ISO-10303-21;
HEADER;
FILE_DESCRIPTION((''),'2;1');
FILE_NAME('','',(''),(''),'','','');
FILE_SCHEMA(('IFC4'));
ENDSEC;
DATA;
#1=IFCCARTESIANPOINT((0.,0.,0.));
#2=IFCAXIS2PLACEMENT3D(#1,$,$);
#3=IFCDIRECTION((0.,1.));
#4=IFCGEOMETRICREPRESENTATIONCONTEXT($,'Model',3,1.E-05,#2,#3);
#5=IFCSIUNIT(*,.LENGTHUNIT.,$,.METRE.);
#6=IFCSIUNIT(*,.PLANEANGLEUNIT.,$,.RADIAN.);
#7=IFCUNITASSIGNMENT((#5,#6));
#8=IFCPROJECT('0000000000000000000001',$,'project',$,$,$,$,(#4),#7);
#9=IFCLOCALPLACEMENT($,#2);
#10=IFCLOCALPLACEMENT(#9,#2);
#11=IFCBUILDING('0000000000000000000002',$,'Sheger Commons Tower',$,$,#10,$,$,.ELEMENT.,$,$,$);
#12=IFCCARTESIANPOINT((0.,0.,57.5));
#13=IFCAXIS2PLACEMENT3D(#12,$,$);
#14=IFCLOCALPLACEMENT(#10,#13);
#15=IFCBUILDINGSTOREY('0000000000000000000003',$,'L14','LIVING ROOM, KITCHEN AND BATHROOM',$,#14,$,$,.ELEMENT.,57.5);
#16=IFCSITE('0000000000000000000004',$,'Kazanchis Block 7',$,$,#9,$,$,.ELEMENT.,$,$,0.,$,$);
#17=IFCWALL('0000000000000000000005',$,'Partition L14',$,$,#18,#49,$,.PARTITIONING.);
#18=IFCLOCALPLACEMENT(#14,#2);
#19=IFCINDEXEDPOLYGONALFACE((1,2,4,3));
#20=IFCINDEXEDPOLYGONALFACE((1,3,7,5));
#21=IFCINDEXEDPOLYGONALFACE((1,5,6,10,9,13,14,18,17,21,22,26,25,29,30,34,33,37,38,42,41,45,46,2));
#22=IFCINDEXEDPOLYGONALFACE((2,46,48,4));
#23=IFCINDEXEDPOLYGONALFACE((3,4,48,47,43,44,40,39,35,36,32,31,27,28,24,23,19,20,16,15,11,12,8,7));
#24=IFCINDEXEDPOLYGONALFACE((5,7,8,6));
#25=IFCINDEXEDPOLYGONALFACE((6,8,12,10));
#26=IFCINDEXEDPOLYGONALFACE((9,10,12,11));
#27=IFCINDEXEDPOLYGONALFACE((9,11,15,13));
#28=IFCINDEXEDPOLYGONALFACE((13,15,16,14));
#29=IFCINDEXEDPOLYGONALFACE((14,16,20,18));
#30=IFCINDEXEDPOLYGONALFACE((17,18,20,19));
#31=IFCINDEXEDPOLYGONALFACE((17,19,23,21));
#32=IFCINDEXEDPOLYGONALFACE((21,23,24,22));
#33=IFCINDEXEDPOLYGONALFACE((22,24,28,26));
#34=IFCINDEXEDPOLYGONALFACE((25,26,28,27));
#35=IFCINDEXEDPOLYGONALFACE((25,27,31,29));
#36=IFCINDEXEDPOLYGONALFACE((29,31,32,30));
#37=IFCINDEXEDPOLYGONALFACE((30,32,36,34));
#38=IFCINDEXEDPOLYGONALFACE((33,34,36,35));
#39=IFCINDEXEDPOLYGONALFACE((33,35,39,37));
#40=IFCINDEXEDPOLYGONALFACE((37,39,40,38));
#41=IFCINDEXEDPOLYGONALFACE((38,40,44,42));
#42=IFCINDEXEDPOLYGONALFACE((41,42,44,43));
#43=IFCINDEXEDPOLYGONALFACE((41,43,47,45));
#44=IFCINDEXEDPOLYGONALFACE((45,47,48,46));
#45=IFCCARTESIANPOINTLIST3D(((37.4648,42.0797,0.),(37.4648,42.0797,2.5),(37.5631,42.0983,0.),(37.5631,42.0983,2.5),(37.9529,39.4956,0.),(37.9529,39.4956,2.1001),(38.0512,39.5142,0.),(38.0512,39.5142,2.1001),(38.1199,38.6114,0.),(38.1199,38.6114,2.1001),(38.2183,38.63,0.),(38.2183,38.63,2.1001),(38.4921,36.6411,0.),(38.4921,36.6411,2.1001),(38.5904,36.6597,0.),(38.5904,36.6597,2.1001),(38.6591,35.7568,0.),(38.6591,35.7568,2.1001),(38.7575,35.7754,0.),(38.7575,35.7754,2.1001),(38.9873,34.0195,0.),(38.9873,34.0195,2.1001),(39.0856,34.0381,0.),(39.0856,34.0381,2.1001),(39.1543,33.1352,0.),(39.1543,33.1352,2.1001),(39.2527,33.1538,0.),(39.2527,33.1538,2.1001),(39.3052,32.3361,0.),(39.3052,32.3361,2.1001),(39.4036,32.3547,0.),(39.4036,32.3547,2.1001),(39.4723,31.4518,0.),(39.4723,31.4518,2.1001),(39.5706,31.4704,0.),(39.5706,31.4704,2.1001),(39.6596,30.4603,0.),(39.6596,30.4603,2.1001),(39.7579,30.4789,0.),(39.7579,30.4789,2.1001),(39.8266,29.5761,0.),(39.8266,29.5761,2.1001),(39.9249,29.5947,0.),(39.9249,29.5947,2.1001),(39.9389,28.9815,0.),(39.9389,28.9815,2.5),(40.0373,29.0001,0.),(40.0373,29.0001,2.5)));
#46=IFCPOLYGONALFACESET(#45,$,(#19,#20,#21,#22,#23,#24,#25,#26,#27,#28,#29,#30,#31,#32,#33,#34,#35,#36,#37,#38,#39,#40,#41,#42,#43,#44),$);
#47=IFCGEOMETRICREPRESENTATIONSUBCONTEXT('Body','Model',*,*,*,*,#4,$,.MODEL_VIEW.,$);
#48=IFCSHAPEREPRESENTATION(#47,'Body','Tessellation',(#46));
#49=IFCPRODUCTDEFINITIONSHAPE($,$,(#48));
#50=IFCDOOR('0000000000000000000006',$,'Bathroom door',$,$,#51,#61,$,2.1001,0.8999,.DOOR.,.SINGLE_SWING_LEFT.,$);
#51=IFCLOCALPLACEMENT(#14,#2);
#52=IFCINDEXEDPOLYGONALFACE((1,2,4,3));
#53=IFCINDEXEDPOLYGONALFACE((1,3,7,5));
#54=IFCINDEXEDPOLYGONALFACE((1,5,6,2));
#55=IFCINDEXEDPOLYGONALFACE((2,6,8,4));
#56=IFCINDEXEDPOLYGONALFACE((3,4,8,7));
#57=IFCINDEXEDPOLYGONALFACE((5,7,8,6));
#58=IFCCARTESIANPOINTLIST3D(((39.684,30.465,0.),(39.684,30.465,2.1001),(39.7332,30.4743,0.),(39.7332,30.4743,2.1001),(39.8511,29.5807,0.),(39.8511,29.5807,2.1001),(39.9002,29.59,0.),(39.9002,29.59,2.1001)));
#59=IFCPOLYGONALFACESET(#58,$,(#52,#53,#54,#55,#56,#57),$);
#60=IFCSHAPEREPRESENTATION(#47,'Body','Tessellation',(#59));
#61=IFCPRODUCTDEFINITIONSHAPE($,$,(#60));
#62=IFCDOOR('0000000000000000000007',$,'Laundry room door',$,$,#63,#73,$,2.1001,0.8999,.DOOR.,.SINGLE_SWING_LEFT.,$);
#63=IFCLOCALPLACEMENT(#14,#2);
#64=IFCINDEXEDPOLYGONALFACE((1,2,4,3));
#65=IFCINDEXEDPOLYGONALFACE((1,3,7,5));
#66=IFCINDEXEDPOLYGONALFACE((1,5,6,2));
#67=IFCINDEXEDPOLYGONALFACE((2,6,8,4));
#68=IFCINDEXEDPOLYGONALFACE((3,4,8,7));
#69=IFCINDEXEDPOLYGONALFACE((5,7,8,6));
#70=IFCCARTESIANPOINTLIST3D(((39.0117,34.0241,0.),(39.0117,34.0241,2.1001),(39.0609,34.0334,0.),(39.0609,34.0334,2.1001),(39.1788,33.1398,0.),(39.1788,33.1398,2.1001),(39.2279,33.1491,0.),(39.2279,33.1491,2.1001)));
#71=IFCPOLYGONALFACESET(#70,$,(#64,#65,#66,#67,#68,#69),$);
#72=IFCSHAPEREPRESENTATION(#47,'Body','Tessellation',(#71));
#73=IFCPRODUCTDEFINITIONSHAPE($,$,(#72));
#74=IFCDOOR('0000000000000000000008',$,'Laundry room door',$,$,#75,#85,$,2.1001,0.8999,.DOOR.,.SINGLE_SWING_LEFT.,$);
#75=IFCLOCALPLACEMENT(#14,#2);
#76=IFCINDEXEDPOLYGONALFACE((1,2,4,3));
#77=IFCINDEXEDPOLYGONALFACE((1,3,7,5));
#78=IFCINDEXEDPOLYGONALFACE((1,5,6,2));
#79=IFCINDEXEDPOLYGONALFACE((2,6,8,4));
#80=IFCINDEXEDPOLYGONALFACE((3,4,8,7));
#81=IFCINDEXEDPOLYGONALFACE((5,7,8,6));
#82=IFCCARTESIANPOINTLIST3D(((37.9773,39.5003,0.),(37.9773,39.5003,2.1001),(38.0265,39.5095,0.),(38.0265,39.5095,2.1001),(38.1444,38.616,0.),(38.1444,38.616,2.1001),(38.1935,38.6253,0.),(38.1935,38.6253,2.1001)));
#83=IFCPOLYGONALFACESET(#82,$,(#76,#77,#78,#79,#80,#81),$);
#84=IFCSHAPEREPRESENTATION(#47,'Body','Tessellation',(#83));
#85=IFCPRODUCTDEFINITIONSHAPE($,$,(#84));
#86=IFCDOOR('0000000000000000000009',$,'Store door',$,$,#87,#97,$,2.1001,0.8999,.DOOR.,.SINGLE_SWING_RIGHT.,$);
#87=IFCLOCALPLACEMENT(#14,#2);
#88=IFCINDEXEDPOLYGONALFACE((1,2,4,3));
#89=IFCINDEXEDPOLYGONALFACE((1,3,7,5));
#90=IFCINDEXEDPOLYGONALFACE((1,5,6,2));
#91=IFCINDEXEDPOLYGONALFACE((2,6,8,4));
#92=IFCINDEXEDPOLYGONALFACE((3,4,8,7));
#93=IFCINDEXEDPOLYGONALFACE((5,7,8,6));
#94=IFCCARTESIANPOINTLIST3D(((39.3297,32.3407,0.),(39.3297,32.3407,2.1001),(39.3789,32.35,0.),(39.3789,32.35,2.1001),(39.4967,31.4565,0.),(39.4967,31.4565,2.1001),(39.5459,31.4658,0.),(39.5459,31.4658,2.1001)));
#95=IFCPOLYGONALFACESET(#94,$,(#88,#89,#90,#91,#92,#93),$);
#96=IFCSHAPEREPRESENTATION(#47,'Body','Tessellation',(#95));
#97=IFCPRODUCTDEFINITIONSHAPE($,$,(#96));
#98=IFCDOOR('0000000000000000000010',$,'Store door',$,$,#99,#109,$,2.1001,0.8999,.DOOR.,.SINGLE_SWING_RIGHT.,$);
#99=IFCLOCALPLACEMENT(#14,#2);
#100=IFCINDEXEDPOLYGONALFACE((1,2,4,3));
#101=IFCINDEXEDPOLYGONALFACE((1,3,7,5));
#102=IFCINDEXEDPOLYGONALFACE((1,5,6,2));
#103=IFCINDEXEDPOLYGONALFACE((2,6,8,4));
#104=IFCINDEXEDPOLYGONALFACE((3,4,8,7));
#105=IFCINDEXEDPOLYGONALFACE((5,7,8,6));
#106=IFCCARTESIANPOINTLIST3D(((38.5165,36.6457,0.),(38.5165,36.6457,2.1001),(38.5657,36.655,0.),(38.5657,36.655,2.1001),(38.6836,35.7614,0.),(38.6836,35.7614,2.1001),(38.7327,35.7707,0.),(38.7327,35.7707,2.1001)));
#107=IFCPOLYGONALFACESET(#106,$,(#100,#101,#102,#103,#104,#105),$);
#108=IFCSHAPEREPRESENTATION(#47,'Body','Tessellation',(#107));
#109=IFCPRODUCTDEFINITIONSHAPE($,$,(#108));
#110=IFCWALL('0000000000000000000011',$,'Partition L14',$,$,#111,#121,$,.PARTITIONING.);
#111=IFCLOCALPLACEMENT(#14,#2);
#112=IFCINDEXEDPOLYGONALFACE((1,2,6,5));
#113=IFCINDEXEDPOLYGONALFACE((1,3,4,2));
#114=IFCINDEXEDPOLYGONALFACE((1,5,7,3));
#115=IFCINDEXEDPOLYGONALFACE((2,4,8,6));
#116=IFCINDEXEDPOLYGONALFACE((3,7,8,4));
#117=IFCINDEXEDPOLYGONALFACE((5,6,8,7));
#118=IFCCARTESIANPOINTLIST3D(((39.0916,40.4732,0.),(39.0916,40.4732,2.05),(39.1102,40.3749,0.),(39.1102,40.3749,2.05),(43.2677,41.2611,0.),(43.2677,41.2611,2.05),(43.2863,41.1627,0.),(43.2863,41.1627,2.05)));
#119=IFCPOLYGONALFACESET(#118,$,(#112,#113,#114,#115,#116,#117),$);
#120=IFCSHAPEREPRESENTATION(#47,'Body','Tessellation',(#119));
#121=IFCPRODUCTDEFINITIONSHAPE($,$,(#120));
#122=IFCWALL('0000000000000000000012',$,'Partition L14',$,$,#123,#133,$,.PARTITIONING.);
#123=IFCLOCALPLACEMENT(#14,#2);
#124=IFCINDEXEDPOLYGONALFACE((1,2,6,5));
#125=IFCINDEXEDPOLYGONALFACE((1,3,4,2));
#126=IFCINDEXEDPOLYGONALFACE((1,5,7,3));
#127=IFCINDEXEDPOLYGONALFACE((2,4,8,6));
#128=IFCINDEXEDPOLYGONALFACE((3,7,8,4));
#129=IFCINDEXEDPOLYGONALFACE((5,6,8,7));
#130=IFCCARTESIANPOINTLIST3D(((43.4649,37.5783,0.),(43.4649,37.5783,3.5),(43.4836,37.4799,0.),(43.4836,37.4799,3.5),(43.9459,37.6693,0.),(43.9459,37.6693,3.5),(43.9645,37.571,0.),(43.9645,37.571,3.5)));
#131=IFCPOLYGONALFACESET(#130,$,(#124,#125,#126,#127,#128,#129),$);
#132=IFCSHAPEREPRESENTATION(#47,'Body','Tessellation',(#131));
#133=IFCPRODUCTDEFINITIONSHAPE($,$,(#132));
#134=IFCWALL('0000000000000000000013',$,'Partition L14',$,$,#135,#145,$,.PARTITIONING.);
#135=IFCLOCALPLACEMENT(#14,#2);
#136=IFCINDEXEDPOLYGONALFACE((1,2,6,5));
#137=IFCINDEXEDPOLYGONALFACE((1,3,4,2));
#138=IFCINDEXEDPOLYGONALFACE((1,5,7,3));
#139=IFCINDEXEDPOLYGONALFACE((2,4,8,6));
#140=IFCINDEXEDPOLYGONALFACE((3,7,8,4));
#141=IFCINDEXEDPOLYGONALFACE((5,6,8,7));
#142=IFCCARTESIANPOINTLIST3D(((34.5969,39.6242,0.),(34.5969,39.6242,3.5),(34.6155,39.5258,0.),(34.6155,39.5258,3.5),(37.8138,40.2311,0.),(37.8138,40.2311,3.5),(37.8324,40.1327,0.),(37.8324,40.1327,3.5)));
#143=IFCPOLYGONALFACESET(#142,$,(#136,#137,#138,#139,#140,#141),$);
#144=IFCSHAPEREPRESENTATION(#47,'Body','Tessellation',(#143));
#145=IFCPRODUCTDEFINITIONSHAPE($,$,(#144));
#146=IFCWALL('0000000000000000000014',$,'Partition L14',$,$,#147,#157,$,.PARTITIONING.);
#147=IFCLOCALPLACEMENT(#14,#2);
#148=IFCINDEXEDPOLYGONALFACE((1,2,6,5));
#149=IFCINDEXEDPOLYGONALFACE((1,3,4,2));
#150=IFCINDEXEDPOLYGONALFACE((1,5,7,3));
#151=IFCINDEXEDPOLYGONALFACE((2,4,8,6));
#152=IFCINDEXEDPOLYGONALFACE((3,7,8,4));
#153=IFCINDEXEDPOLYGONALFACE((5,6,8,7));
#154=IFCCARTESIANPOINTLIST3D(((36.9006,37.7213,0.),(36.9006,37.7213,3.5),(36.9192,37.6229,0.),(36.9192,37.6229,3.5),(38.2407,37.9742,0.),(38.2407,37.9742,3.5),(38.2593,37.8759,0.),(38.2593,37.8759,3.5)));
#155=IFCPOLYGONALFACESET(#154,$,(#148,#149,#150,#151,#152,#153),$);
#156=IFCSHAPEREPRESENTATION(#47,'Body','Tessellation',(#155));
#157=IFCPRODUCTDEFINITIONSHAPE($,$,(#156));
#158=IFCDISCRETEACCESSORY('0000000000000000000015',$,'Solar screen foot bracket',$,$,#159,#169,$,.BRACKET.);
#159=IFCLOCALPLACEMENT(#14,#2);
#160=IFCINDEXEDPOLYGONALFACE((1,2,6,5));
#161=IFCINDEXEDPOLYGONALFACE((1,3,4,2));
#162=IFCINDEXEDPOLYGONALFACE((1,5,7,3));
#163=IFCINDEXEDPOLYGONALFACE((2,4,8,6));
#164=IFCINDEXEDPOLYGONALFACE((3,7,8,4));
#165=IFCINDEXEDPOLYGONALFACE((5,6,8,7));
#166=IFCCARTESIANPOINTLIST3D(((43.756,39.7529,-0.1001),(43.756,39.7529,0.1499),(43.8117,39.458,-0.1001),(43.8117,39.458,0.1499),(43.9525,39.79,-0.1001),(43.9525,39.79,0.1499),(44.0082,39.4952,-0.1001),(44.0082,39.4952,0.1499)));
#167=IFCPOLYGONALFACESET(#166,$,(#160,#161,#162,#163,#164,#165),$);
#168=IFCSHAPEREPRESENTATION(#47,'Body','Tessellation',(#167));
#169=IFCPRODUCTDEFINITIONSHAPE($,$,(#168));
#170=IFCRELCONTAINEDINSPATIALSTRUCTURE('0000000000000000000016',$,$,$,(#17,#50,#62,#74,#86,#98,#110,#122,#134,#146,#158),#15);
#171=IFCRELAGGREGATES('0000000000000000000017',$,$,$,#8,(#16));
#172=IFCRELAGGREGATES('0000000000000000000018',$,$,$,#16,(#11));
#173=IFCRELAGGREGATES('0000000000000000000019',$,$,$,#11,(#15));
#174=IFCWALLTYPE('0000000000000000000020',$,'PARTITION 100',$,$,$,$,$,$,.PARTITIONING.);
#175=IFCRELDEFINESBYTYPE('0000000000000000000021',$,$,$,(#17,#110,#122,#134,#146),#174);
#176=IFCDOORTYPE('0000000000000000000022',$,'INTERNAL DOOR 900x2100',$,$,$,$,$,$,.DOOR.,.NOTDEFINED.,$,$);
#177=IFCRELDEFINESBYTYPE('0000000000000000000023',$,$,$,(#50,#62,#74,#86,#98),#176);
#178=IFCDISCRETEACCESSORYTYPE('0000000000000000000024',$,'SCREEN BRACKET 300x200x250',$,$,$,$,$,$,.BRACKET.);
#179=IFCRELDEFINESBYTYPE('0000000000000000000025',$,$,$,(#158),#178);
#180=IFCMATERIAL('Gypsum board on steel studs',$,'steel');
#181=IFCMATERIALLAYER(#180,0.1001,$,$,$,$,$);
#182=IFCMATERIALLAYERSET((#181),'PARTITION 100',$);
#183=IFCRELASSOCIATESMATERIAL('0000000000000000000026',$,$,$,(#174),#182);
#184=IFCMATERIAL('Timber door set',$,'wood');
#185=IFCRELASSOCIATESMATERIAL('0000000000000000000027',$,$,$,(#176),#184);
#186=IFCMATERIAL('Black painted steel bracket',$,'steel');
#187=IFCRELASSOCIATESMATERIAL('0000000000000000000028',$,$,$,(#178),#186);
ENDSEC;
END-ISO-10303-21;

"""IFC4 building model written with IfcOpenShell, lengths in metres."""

from ifc_helpers import new_model, si_unit, direction, frame, frame_2d, origin, origin_2d, place, context, subcontext, project, spatial, rectangle, extrude, material, layer, layer_set, type_object, element, fill, save


model = new_model("IFC4")

# Units and contexts
model_context = context("Model", 3, precision=1e-05, world=origin(), true_north=direction((0.0, 1.0)))
body_context = subcontext(model_context, "Body", "Model", "MODEL_VIEW")
ifc_project = project(units=[si_unit("LENGTHUNIT", "METRE"), si_unit("PLANEANGLEUNIT", "RADIAN")], contexts=[model_context])

# Site, building, storey
site_placement = place(None, origin())
site = spatial("IfcSite", under=ifc_project, at=site_placement, Name="Kazanchis Block 7", CompositionType="ELEMENT", RefElevation=0.0)
building_placement = place(site_placement, origin())
building = spatial("IfcBuilding", under=site, at=building_placement, Name="Sheger Commons Tower", CompositionType="ELEMENT")
storey_placement = place(building_placement, frame((0.0, 0.0, 57.5)))
storey = spatial("IfcBuildingStorey", under=building, at=storey_placement, Name="L14", Description="LIVING ROOM, KITCHEN AND BATHROOM", CompositionType="ELEMENT", Elevation=57.5)

# Shared definitions
ifc_material_1 = material(Name="Gypsum board on steel studs", Category="steel")
ifc_layer_1 = layer(ifc_material_1, 0.1001)
ifc_layer_set_1 = layer_set([ifc_layer_1], Name="PARTITION 100")
wall_type = type_object("IfcWallType", Name="PARTITION 100", PredefinedType="PARTITIONING", material=ifc_layer_set_1)

# Shared definitions
ifc_material_2 = material(Name="Timber door set", Category="wood")
door_type = type_object("IfcDoorType", Name="INTERNAL DOOR 900x2100", OperationType="NOTDEFINED", PredefinedType="DOOR", material=ifc_material_2)

# Wall, openings, doors
wall_1_placement = place(storey_placement, frame((37.5139, 42.0891, 0.0), z_axis=(0.0, 0.0, 1.0), x_axis=(0.185609, -0.982624, 0.0)))
wall_1 = element("IfcWall", 1, at=wall_1_placement, inside=storey, type_object=wall_type, Name="Partition L14", PredefinedType="PARTITIONING", context=body_context, shape_type="SweptSolid", body=[
    extrude(rectangle(XDim=13.3298, YDim=0.1001, at=frame_2d((6.665, 0.0))), origin(), (0.0, 0.0, 1.0), 2.5),
])
opening_1_placement = place(wall_1_placement, frame((11.825, 0.0, 0.0)))
opening_1 = element("IfcOpeningElement", 2, at=opening_1_placement, cuts=wall_1, PredefinedType="OPENING", context=body_context, shape_type="SweptSolid", body=[
    extrude(rectangle(XDim=0.8999, YDim=2.1001, at=frame_2d((0.45, 1.05))), frame((0.0, 0.0601, 0.0), z_axis=(0.0, -1.0, 0.0), x_axis=(1.0, 0.0, 0.0)), (0.0, 0.0, 1.0), 0.1201),
])
opening_2_placement = place(wall_1_placement, frame((8.2029, 0.0, 0.0)))
opening_2 = element("IfcOpeningElement", 3, at=opening_2_placement, cuts=wall_1, PredefinedType="OPENING", context=body_context, shape_type="SweptSolid", body=[
    extrude(rectangle(XDim=0.8999, YDim=2.1001, at=frame_2d((0.45, 1.05))), frame((0.0, 0.0601, 0.0), z_axis=(0.0, -1.0, 0.0), x_axis=(1.0, 0.0, 0.0)), (0.0, 0.0, 1.0), 0.1201),
])
opening_3_placement = place(wall_1_placement, frame((2.6299, 0.0, 0.0)))
opening_3 = element("IfcOpeningElement", 4, at=opening_3_placement, cuts=wall_1, PredefinedType="OPENING", context=body_context, shape_type="SweptSolid", body=[
    extrude(rectangle(XDim=0.8999, YDim=2.1001, at=frame_2d((0.45, 1.05))), frame((0.0, 0.0601, 0.0), z_axis=(0.0, -1.0, 0.0), x_axis=(1.0, 0.0, 0.0)), (0.0, 0.0, 1.0), 0.1201),
])
opening_4_placement = place(wall_1_placement, frame((9.916, 0.0, 0.0)))
opening_4 = element("IfcOpeningElement", 5, at=opening_4_placement, cuts=wall_1, PredefinedType="OPENING", context=body_context, shape_type="SweptSolid", body=[
    extrude(rectangle(XDim=0.8999, YDim=2.1001, at=frame_2d((0.45, 1.05))), frame((0.0, 0.0601, 0.0), z_axis=(0.0, -1.0, 0.0), x_axis=(1.0, 0.0, 0.0)), (0.0, 0.0, 1.0), 0.1201),
])
opening_5_placement = place(wall_1_placement, frame((5.5349, 0.0, 0.0)))
opening_5 = element("IfcOpeningElement", 6, at=opening_5_placement, cuts=wall_1, PredefinedType="OPENING", context=body_context, shape_type="SweptSolid", body=[
    extrude(rectangle(XDim=0.8999, YDim=2.1001, at=frame_2d((0.45, 1.05))), frame((0.0, 0.0601, 0.0), z_axis=(0.0, -1.0, 0.0), x_axis=(1.0, 0.0, 0.0)), (0.0, 0.0, 1.0), 0.1201),
])
door_1_placement = place(opening_1_placement, origin())
door_1 = element("IfcDoor", 7, at=door_1_placement, inside=storey, type_object=door_type, Name="Bathroom door", OperationType="SINGLE_SWING_LEFT", OverallHeight=2.1001, OverallWidth=0.8999, PredefinedType="DOOR", context=body_context, shape_type="SweptSolid", body=[
    extrude(rectangle(XDim=0.8999, YDim=2.1001, at=frame_2d((0.45, 1.05))), frame((0.0, 0.0249, 0.0), z_axis=(0.0, -1.0, 0.0), x_axis=(1.0, 0.0, 0.0)), (0.0, 0.0, 1.0), 0.05),
])
fill(opening_1, door_1)
door_2_placement = place(opening_2_placement, origin())
door_2 = element("IfcDoor", 8, at=door_2_placement, inside=storey, type_object=door_type, Name="Laundry room door", OperationType="SINGLE_SWING_LEFT", OverallHeight=2.1001, OverallWidth=0.8999, PredefinedType="DOOR", context=body_context, shape_type="SweptSolid", body=[
    extrude(rectangle(XDim=0.8999, YDim=2.1001, at=frame_2d((0.45, 1.05))), frame((0.0, 0.0249, 0.0), z_axis=(0.0, -1.0, 0.0), x_axis=(1.0, 0.0, 0.0)), (0.0, 0.0, 1.0), 0.05),
])
fill(opening_2, door_2)
door_3_placement = place(opening_3_placement, origin())
door_3 = element("IfcDoor", 9, at=door_3_placement, inside=storey, type_object=door_type, Name="Laundry room door", OperationType="SINGLE_SWING_LEFT", OverallHeight=2.1001, OverallWidth=0.8999, PredefinedType="DOOR", context=body_context, shape_type="SweptSolid", body=[
    extrude(rectangle(XDim=0.8999, YDim=2.1001, at=frame_2d((0.45, 1.05))), frame((0.0, 0.0249, 0.0), z_axis=(0.0, -1.0, 0.0), x_axis=(1.0, 0.0, 0.0)), (0.0, 0.0, 1.0), 0.05),
])
fill(opening_3, door_3)
door_4_placement = place(opening_4_placement, origin())
door_4 = element("IfcDoor", 10, at=door_4_placement, inside=storey, type_object=door_type, Name="Store door", OperationType="SINGLE_SWING_RIGHT", OverallHeight=2.1001, OverallWidth=0.8999, PredefinedType="DOOR", context=body_context, shape_type="SweptSolid", body=[
    extrude(rectangle(XDim=0.8999, YDim=2.1001, at=frame_2d((0.45, 1.05))), frame((0.0, 0.0249, 0.0), z_axis=(0.0, -1.0, 0.0), x_axis=(1.0, 0.0, 0.0)), (0.0, 0.0, 1.0), 0.05),
])
fill(opening_4, door_4)
door_5_placement = place(opening_5_placement, origin())
door_5 = element("IfcDoor", 11, at=door_5_placement, inside=storey, type_object=door_type, Name="Store door", OperationType="SINGLE_SWING_RIGHT", OverallHeight=2.1001, OverallWidth=0.8999, PredefinedType="DOOR", context=body_context, shape_type="SweptSolid", body=[
    extrude(rectangle(XDim=0.8999, YDim=2.1001, at=frame_2d((0.45, 1.05))), frame((0.0, 0.0249, 0.0), z_axis=(0.0, -1.0, 0.0), x_axis=(1.0, 0.0, 0.0)), (0.0, 0.0, 1.0), 0.05),
])
fill(opening_5, door_5)

# Walls
wall_2_placement = place(storey_placement, frame((43.2771, 41.2119, 0.0), z_axis=(0.0, 0.0, 1.0), x_axis=(-0.982665, -0.185388, 0.0)))
element("IfcWall", 12, at=wall_2_placement, inside=storey, type_object=wall_type, Name="Partition L14", PredefinedType="PARTITIONING", context=body_context, shape_type="SweptSolid", body=[
    extrude(rectangle(XDim=4.2498, YDim=0.1001, at=frame_2d((2.125, 0.0))), origin(), (0.0, 0.0, 1.0), 2.05),
])
wall_3_placement = place(storey_placement, frame((43.9551, 37.6201, 0.0), z_axis=(0.0, 0.0, 1.0), x_axis=(-0.982543, -0.186035, 0.0)))
element("IfcWall", 13, at=wall_3_placement, inside=storey, type_object=wall_type, Name="Partition L14", PredefinedType="PARTITIONING", context=body_context, shape_type="SweptSolid", body=[
    extrude(rectangle(XDim=0.4895, YDim=0.1001, at=frame_2d((0.2446, 0.0))), origin(), (0.0, 0.0, 1.0), 3.5),
])
wall_4_placement = place(storey_placement, frame((37.823, 40.1819, 0.0), z_axis=(0.0, 0.0, 1.0), x_axis=(-0.982665, -0.185392, 0.0)))
element("IfcWall", 14, at=wall_4_placement, inside=storey, type_object=wall_type, Name="Partition L14", PredefinedType="PARTITIONING", context=body_context, shape_type="SweptSolid", body=[
    extrude(rectangle(XDim=3.2737, YDim=0.1001, at=frame_2d((1.6367, 0.0))), origin(), (0.0, 0.0, 1.0), 3.5),
])
wall_5_placement = place(storey_placement, frame((38.25, 37.925, 0.0), z_axis=(0.0, 0.0, 1.0), x_axis=(-0.982651, -0.185467, 0.0)))
element("IfcWall", 15, at=wall_5_placement, inside=storey, type_object=wall_type, Name="Partition L14", PredefinedType="PARTITIONING", context=body_context, shape_type="SweptSolid", body=[
    extrude(rectangle(XDim=1.3638, YDim=0.1001, at=frame_2d((0.6819, 0.0))), origin(), (0.0, 0.0, 1.0), 3.5),
])

# Discrete accessory
ifc_material_3 = material(Name="Black painted steel bracket", Category="steel")
discrete_accessory_type = type_object("IfcDiscreteAccessoryType", Name="SCREEN BRACKET 300x200x250", PredefinedType="BRACKET", material=ifc_material_3)
for number, where, z_axis, x_axis, name in (
    (16, (43.8821, 39.624, -0.1001), (0.0, 0.0, 1.0), (-0.185615, 0.982623, 0.0), "Solar screen foot bracket"),
):
    element("IfcDiscreteAccessory", number, at=place(storey_placement, frame(where, z_axis=z_axis, x_axis=x_axis)), inside=storey, type_object=discrete_accessory_type, Name=name, PredefinedType="BRACKET", context=body_context, shape_type="SweptSolid", body=[
        extrude(rectangle(XDim=0.3, YDim=0.2, at=origin_2d()), origin(), (0.0, 0.0, 1.0), 0.25),
    ])

save(model, "model.ifc")
